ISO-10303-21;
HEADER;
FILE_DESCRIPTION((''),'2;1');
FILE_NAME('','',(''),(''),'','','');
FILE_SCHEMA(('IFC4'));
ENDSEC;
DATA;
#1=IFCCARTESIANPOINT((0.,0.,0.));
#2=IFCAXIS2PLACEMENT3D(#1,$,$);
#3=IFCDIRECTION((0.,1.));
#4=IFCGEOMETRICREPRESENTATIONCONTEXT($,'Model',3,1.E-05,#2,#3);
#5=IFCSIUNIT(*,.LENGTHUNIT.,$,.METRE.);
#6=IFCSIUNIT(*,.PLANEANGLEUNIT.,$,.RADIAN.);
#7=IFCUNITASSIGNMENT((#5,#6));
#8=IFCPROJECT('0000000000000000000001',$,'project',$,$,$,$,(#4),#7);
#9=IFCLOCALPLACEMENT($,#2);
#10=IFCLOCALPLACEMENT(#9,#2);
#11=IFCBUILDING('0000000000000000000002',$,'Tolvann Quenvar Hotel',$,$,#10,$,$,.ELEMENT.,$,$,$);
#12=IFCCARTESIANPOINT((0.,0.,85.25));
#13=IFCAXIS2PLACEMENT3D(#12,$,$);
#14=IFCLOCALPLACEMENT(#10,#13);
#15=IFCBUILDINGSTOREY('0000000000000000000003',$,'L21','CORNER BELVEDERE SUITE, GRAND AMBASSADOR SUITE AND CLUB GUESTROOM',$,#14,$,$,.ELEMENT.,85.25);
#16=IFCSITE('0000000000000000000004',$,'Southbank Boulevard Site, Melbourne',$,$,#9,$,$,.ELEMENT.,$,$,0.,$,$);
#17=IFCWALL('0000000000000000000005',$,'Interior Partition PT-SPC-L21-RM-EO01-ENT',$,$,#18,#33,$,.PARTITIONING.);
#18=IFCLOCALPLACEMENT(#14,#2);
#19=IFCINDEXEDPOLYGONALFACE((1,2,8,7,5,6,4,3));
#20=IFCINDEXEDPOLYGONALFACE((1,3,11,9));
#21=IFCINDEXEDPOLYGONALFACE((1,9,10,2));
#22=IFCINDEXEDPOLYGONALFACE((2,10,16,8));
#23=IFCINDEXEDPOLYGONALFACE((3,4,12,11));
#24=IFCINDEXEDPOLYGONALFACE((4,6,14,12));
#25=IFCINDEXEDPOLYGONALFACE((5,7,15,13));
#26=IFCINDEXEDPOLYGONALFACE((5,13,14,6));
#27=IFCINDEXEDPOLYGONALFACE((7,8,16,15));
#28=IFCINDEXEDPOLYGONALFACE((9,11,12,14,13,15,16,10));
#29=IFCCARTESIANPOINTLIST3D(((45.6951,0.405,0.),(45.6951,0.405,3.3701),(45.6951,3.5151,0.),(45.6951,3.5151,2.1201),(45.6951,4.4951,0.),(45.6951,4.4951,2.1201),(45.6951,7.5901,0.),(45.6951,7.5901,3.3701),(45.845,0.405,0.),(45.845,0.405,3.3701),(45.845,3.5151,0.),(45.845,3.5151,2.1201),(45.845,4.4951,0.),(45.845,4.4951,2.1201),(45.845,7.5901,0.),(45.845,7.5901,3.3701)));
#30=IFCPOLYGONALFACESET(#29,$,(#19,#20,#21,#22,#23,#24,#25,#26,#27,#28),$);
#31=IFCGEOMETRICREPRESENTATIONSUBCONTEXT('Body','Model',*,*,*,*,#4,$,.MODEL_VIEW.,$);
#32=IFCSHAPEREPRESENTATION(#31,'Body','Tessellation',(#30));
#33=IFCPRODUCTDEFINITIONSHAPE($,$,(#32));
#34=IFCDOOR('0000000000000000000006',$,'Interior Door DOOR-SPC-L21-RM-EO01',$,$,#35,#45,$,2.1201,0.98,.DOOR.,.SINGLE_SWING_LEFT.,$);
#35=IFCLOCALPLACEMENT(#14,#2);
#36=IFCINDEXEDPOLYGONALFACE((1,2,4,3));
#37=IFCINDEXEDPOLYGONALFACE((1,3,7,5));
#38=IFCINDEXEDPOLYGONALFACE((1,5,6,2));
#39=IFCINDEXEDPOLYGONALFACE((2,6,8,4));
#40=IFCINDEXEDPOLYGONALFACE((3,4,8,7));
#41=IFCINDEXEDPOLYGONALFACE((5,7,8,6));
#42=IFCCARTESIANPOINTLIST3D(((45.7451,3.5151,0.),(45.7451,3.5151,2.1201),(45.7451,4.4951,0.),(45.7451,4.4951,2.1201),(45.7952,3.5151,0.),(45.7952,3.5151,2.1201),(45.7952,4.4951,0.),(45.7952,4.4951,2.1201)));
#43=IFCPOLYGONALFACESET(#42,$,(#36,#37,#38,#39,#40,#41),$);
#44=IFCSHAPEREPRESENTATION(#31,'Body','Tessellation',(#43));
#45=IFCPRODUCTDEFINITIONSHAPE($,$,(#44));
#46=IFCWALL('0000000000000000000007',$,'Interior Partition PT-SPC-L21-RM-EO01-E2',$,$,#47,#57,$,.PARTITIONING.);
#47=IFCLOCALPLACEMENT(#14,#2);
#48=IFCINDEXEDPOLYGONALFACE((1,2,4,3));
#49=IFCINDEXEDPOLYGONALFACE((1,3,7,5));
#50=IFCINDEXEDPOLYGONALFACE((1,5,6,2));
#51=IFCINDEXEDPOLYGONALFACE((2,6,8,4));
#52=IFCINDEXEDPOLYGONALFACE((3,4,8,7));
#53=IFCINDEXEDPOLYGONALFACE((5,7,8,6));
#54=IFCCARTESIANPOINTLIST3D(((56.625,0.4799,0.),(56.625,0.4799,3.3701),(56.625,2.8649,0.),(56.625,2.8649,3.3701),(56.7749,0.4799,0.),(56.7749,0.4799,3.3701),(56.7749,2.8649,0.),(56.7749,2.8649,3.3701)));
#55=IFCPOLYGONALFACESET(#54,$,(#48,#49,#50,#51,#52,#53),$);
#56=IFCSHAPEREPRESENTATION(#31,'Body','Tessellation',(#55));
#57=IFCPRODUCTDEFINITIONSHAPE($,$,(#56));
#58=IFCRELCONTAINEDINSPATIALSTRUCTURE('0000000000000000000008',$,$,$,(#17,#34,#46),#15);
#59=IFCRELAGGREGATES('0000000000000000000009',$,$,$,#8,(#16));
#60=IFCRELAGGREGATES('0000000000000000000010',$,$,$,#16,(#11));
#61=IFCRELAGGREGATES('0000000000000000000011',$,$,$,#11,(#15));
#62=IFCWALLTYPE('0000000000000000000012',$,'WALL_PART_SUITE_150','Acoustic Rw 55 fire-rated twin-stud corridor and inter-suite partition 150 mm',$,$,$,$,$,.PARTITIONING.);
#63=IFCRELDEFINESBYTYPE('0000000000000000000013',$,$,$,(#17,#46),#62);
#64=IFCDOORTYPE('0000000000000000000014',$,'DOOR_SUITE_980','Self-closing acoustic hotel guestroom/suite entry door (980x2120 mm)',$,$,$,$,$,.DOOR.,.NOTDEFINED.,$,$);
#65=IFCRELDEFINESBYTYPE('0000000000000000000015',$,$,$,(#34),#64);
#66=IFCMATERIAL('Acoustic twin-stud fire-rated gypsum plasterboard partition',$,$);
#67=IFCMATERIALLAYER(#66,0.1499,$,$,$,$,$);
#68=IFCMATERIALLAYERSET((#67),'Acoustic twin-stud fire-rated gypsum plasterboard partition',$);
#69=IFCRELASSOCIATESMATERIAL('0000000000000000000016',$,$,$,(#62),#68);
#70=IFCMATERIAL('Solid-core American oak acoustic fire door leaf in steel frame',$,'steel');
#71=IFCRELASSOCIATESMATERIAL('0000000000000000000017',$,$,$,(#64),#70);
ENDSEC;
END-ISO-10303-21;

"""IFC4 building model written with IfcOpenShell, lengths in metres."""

from ifc_helpers import new_model, si_unit, direction, frame, frame_2d, origin, place, context, subcontext, project, spatial, rectangle, extrude, source, transform, mapped, material, layer, layer_set, type_object, type_shapes, element, fill, save


model = new_model("IFC4")

# Units and contexts
model_context = context("Model", 3, precision=1e-05, world=origin(), true_north=direction((0.0, 1.0)))
body_context = subcontext(model_context, "Body", "Model", "MODEL_VIEW")
ifc_project = project(units=[si_unit("LENGTHUNIT", "METRE"), si_unit("PLANEANGLEUNIT", "RADIAN")], contexts=[model_context])

# Site, building, storey
site_placement = place(None, origin())
site = spatial("IfcSite", under=ifc_project, at=site_placement, Name="Southbank Boulevard Site, Melbourne", CompositionType="ELEMENT", RefElevation=0.0)
building_placement = place(site_placement, origin())
building = spatial("IfcBuilding", under=site, at=building_placement, Name="Tolvann Quenvar Hotel", CompositionType="ELEMENT")
storey_placement = place(building_placement, frame((0.0, 0.0, 85.25)))
storey = spatial("IfcBuildingStorey", under=building, at=storey_placement, Name="L21", Description="CORNER BELVEDERE SUITE, GRAND AMBASSADOR SUITE AND CLUB GUESTROOM", CompositionType="ELEMENT", Elevation=85.25)

# Wall, opening, door
ifc_material_1 = material(Name="Acoustic twin-stud fire-rated gypsum plasterboard partition")
ifc_layer_1 = layer(ifc_material_1, 0.1499)
ifc_layer_set_1 = layer_set([ifc_layer_1], Name="Acoustic twin-stud fire-rated gypsum plasterboard partition")
wall_type_1 = type_object("IfcWallType", Name="WALL_PART_SUITE_150", Description="Acoustic Rw 55 fire-rated twin-stud corridor and inter-suite partition 150 mm", PredefinedType="PARTITIONING", material=ifc_layer_set_1)
wall_1_placement = place(storey_placement, frame((45.77, 0.405, 0.0), z_axis=(0.0, 0.0, 1.0), x_axis=(0.0, 1.0, 0.0)))
wall_1 = element("IfcWall", 1, at=wall_1_placement, inside=storey, type_object=wall_type_1, Name="Interior Partition PT-SPC-L21-RM-EO01-ENT", PredefinedType="PARTITIONING", context=body_context, shape_type="SweptSolid", body=[
    extrude(rectangle(XDim=7.1851, YDim=0.1499, at=frame_2d((3.5925, 0.0))), origin(), (0.0, 0.0, 1.0), 3.3701),
])
opening_1_placement = place(wall_1_placement, frame((3.1101, 0.0, 0.0)))
opening_1 = element("IfcOpeningElement", 2, at=opening_1_placement, cuts=wall_1, PredefinedType="OPENING", context=body_context, shape_type="SweptSolid", body=[
    extrude(rectangle(XDim=0.98, YDim=2.1201, at=frame_2d((0.49, 1.0601))), frame((0.0, 0.085, 0.0), z_axis=(0.0, -1.0, 0.0), x_axis=(1.0, 0.0, 0.0)), (0.0, 0.0, 1.0), 0.1699),
])
ifc_material_2 = material(Name="Solid-core American oak acoustic fire door leaf in steel frame", Category="steel")
door_type = type_object("IfcDoorType", Name="DOOR_SUITE_980", Description="Self-closing acoustic hotel guestroom/suite entry door (980x2120 mm)", OperationType="NOTDEFINED", PredefinedType="DOOR", material=ifc_material_2)
shared_shape_1 = source(origin(), body_context, "Body", "SweptSolid", [
    extrude(rectangle(XDim=0.98, YDim=2.1201, at=frame_2d((0.49, 1.0601))), frame((0.0, 0.0249, 0.0), z_axis=(0.0, -1.0, 0.0), x_axis=(1.0, 0.0, 0.0)), (0.0, 0.0, 1.0), 0.05),
])
type_shapes(door_type, [shared_shape_1])
door_placement = place(opening_1_placement, origin())
door = element("IfcDoor", 3, at=door_placement, inside=storey, type_object=door_type, Name="Interior Door DOOR-SPC-L21-RM-EO01", OperationType="SINGLE_SWING_LEFT", OverallHeight=2.1201, OverallWidth=0.98, PredefinedType="DOOR", context=body_context, shape_type="MappedRepresentation", body=[
    mapped(shared_shape_1, transform((0.0, 0.0, 0.0), x_axis=(1.0, 0.0, 0.0), y_axis=(0.0, 1.0, 0.0), z_axis=(0.0, 0.0, 1.0), scale=1.0)),
])
fill(opening_1, door)

# Wall
wall_2_placement = place(storey_placement, frame((56.7, 0.48, 0.0), z_axis=(0.0, 0.0, 1.0), x_axis=(0.0, 1.0, 0.0)))
element("IfcWall", 4, at=wall_2_placement, inside=storey, type_object=wall_type_1, Name="Interior Partition PT-SPC-L21-RM-EO01-E2", PredefinedType="PARTITIONING", context=body_context, shape_type="SweptSolid", body=[
    extrude(rectangle(XDim=2.385, YDim=0.1499, at=frame_2d((1.1924, 0.0))), origin(), (0.0, 0.0, 1.0), 3.3701),
])

save(model, "model.ifc")
